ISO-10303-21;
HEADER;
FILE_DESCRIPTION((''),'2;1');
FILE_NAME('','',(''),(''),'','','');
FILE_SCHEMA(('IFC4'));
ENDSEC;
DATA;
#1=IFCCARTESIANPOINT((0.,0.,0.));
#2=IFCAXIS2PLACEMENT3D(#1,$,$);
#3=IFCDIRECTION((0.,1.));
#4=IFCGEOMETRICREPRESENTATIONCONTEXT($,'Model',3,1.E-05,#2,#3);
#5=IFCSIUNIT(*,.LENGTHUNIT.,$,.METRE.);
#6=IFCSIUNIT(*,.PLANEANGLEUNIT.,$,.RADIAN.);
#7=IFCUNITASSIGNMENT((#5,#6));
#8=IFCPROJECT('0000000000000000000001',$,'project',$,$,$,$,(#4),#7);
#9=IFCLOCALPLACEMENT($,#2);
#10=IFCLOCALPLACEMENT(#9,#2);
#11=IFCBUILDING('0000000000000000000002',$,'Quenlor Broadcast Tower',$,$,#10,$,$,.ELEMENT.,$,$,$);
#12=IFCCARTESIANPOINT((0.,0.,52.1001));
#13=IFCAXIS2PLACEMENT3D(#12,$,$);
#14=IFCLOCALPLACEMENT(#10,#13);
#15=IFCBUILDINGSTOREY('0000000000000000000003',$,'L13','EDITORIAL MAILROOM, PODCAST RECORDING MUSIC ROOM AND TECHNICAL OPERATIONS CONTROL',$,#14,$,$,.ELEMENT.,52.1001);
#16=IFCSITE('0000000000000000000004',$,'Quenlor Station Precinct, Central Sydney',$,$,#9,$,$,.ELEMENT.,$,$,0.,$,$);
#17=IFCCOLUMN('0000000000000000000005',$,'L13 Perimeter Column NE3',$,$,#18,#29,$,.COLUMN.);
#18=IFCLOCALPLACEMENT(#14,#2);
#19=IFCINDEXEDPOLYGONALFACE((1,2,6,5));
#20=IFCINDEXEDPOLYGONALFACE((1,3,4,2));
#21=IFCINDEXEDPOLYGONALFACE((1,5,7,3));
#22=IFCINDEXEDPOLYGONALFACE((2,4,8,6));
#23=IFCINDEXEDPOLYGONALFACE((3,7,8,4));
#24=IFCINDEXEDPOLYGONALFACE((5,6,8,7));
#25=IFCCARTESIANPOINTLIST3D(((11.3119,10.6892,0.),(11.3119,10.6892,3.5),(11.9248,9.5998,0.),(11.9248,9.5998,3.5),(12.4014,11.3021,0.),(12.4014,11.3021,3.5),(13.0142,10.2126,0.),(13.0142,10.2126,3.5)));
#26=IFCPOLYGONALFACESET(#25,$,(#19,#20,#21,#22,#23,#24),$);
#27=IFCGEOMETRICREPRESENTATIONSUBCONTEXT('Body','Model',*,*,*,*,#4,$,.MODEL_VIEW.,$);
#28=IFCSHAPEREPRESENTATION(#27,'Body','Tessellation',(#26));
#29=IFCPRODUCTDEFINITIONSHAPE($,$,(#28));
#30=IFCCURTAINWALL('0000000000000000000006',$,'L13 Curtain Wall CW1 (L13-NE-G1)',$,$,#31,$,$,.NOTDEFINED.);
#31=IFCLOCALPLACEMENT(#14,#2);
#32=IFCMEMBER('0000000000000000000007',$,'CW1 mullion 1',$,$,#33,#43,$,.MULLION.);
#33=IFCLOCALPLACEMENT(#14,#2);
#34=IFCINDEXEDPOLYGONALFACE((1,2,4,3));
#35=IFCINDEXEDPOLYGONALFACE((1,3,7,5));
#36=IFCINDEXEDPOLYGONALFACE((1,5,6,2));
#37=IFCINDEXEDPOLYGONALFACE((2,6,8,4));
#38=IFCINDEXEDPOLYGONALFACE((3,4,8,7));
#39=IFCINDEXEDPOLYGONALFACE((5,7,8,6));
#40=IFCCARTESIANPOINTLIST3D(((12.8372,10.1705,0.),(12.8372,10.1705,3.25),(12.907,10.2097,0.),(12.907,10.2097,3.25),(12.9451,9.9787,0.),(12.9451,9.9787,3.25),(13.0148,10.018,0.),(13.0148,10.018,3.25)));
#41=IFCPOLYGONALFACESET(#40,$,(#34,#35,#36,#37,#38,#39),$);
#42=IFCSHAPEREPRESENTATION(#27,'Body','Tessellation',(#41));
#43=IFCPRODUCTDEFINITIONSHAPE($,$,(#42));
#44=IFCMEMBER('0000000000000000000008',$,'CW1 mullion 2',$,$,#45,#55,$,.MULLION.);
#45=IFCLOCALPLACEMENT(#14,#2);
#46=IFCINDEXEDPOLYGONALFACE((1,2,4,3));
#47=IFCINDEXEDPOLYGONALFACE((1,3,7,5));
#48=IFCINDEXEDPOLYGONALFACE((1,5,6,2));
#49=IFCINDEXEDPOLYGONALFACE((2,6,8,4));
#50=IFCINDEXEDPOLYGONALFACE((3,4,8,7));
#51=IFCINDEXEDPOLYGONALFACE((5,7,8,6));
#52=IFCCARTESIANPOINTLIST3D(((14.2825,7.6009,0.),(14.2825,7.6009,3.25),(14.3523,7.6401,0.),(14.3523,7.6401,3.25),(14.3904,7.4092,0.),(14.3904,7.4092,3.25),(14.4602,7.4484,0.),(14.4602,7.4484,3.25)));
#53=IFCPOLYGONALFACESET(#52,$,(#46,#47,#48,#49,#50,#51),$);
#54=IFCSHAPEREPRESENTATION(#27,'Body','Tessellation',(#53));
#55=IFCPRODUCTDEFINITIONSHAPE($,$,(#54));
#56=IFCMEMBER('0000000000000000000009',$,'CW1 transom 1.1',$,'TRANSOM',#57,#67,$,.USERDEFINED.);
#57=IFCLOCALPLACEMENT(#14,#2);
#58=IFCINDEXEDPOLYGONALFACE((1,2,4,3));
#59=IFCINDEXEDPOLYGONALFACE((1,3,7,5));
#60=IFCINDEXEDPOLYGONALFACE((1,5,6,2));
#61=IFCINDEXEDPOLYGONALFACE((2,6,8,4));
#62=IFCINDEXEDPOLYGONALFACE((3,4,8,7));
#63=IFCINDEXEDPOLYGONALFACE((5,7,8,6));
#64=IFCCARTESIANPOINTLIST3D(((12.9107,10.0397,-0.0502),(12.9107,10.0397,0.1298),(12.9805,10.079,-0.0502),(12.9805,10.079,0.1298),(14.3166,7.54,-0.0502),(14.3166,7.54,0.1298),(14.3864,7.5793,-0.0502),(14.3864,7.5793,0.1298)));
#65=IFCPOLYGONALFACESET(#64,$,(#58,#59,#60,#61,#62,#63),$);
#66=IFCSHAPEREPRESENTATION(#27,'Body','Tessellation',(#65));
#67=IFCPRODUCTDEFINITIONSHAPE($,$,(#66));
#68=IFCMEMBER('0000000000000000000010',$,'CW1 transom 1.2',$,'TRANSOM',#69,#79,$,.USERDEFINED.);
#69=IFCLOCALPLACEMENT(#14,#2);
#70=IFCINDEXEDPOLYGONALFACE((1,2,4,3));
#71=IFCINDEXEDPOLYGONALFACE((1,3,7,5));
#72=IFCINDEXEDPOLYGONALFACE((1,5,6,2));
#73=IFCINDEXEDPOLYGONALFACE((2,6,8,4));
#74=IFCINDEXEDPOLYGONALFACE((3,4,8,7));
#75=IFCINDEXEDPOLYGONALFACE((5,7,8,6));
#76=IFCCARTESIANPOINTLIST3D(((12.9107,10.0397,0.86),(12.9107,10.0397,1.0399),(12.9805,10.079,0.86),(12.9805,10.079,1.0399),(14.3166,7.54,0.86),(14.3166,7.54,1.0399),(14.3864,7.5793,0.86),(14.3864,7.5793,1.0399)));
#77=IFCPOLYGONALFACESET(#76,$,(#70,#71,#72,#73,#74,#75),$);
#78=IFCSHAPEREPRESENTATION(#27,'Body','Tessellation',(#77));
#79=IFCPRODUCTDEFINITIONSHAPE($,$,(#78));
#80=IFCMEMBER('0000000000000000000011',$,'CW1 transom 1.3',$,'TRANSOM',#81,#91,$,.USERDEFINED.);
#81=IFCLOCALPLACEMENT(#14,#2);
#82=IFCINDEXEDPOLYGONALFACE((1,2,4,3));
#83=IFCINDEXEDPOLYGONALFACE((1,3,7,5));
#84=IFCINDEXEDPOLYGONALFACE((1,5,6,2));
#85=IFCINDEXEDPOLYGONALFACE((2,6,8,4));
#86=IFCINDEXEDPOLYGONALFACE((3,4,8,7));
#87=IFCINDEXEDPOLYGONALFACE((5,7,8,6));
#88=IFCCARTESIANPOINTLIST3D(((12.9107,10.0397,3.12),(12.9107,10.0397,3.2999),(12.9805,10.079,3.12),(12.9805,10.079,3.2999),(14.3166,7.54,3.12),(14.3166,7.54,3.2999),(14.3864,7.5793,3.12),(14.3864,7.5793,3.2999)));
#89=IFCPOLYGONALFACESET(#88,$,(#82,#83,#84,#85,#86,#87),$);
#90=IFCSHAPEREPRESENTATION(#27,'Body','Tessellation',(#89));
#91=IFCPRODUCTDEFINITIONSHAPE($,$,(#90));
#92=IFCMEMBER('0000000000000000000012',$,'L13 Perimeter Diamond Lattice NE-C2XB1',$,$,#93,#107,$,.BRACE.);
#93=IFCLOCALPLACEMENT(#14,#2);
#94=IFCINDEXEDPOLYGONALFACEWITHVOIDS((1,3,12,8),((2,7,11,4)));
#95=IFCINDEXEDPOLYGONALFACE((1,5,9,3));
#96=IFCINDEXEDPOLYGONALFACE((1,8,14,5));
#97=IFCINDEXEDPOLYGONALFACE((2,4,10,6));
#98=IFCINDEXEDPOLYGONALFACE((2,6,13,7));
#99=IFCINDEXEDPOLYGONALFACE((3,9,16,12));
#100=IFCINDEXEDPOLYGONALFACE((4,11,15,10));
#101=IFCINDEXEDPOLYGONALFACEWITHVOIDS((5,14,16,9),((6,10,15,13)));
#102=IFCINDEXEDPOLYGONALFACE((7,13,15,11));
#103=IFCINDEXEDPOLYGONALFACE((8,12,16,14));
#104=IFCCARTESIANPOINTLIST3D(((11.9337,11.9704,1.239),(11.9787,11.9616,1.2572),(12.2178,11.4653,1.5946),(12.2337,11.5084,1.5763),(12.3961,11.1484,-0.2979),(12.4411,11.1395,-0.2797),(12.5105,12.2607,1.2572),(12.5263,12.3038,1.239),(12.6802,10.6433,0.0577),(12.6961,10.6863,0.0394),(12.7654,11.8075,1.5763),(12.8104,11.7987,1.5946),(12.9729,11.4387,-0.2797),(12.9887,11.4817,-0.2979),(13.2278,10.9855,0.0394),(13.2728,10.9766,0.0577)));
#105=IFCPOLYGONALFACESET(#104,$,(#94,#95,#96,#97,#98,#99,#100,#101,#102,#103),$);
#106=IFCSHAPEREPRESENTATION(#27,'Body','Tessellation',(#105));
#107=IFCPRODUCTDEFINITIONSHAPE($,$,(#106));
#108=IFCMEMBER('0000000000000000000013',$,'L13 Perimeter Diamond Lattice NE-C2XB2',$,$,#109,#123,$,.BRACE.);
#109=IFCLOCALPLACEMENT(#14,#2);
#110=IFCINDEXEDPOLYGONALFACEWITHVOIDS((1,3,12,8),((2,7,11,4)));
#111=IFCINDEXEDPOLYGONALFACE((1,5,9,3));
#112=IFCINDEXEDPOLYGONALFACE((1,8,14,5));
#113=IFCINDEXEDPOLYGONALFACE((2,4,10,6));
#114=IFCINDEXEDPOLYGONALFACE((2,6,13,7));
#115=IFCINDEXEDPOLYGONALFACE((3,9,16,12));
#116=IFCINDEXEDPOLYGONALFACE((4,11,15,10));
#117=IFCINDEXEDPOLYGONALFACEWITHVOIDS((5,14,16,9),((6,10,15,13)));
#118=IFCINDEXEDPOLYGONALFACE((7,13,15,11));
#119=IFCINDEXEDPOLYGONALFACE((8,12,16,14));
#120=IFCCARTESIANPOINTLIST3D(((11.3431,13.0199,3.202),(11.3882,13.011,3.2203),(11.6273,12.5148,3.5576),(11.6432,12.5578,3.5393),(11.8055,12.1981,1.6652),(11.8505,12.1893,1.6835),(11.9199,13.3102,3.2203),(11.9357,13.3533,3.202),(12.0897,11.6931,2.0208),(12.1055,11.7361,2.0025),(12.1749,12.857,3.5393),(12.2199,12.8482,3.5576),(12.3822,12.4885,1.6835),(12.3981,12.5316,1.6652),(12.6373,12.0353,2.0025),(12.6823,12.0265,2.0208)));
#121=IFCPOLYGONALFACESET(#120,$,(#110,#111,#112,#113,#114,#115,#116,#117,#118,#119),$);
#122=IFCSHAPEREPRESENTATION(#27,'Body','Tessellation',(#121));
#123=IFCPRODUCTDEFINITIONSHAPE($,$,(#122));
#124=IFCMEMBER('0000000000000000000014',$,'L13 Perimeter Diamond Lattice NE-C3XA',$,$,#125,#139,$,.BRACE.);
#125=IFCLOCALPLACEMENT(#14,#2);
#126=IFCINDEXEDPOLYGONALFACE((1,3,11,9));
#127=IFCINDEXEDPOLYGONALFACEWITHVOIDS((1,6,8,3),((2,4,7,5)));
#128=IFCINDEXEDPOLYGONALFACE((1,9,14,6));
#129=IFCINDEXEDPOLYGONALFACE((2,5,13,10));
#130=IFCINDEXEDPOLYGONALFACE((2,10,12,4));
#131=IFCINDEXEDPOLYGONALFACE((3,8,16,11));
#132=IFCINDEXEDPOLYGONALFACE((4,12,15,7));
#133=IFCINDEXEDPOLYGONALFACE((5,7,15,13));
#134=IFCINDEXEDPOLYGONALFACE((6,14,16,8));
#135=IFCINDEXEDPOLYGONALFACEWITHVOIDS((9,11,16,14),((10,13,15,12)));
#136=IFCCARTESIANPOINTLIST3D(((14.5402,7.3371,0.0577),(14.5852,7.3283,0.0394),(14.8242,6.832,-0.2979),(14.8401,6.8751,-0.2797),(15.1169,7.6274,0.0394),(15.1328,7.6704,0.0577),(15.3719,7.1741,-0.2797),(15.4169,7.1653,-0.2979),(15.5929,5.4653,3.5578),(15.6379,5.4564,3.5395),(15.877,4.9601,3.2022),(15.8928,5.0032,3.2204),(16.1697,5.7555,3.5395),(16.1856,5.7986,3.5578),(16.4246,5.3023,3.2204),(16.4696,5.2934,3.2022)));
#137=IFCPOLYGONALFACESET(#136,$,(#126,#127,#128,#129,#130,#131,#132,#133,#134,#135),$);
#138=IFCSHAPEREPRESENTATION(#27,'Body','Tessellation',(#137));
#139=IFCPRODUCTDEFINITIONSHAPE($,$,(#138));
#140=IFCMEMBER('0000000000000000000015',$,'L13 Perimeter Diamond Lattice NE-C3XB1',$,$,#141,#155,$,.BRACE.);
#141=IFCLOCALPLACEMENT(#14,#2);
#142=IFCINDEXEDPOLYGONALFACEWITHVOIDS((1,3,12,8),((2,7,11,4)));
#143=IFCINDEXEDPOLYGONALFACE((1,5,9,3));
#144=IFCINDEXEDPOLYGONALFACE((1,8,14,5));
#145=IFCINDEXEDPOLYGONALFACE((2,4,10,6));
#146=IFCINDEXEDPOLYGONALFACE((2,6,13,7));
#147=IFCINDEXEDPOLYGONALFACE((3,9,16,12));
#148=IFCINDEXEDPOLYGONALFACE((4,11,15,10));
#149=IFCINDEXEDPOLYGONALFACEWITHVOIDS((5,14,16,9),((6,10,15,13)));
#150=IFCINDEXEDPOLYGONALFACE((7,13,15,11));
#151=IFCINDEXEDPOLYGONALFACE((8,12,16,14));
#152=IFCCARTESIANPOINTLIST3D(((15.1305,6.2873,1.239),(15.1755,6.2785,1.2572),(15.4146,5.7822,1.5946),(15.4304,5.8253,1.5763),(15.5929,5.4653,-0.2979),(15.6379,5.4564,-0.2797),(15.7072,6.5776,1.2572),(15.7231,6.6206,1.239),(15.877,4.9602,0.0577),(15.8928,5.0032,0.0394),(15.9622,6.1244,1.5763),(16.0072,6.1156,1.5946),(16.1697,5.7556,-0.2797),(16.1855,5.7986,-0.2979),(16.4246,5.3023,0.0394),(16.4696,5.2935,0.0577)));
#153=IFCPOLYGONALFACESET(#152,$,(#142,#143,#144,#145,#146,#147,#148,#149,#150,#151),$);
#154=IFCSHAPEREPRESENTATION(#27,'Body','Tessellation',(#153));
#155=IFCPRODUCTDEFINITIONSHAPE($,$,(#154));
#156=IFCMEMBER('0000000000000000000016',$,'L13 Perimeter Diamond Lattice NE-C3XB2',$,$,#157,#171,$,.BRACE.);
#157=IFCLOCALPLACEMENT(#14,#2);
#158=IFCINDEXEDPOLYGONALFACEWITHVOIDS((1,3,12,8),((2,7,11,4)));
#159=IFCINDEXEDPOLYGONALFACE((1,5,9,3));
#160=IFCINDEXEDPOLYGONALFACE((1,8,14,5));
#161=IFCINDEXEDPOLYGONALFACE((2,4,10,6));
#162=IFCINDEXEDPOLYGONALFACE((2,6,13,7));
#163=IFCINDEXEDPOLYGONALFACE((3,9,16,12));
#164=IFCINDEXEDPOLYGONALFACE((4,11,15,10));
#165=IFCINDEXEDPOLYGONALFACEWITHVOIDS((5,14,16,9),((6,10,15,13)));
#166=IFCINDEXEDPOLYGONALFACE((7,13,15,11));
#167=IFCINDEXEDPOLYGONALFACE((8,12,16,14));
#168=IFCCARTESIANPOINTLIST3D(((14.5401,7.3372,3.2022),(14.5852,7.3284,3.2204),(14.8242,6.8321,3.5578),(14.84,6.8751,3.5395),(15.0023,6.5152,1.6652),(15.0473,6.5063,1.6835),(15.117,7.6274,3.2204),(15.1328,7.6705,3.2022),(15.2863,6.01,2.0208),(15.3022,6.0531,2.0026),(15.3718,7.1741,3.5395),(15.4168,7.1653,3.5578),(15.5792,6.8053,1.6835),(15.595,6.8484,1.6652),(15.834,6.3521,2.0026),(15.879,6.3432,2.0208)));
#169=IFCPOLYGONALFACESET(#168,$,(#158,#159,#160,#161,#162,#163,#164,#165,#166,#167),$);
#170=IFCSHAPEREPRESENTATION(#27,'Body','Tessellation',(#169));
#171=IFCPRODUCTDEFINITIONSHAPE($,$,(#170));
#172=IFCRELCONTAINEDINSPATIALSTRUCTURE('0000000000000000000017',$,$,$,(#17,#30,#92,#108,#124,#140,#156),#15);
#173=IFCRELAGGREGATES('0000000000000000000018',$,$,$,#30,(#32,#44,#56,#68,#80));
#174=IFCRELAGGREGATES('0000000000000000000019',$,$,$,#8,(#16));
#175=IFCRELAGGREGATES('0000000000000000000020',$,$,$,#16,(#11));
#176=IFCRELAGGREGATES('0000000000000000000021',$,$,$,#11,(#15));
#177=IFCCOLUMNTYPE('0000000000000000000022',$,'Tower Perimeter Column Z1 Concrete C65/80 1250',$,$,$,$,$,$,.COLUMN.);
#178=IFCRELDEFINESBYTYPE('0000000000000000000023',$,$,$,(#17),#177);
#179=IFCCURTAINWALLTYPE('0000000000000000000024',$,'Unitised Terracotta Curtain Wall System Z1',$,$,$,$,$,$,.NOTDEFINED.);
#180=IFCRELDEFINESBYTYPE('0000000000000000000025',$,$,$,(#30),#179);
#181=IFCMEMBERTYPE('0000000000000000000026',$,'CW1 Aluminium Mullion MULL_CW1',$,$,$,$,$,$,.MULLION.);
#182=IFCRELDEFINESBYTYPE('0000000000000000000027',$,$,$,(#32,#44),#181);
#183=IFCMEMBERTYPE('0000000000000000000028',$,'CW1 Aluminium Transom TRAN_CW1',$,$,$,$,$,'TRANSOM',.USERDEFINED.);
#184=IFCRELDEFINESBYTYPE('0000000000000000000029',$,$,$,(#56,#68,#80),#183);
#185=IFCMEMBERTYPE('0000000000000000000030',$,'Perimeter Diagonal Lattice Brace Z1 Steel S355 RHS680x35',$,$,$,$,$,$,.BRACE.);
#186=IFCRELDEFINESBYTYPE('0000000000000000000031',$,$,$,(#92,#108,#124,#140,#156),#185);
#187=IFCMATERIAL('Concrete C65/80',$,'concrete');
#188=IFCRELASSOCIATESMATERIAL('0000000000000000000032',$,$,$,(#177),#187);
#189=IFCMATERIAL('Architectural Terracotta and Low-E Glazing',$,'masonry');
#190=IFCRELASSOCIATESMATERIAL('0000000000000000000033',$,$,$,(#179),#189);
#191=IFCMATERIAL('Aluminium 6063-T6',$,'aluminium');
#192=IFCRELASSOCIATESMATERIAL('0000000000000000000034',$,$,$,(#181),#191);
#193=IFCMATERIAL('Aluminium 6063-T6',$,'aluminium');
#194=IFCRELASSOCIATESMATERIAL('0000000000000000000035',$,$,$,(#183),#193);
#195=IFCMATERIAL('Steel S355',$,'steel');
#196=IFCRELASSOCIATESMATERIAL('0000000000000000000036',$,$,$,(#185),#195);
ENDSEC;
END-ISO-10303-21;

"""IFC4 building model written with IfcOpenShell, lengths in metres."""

from ifc_helpers import new_model, si_unit, direction, frame, origin, origin_2d, place, context, subcontext, project, spatial, rectangle, hollow_rectangle, extrude, material, material_profile, profile_set, type_object, element, aggregate, save


model = new_model("IFC4")

# Units and contexts
model_context = context("Model", 3, precision=1e-05, world=origin(), true_north=direction((0.0, 1.0)))
body_context = subcontext(model_context, "Body", "Model", "MODEL_VIEW")
ifc_project = project(units=[si_unit("LENGTHUNIT", "METRE"), si_unit("PLANEANGLEUNIT", "RADIAN")], contexts=[model_context])

# Site, building, storey
site_placement = place(None, origin())
site = spatial("IfcSite", under=ifc_project, at=site_placement, Name="Quenlor Station Precinct, Central Sydney", CompositionType="ELEMENT", RefElevation=0.0)
building_placement = place(site_placement, origin())
building = spatial("IfcBuilding", under=site, at=building_placement, Name="Quenlor Broadcast Tower", CompositionType="ELEMENT")
storey_placement = place(building_placement, frame((0.0, 0.0, 52.1001)))
storey = spatial("IfcBuildingStorey", under=building, at=storey_placement, Name="L13", Description="EDITORIAL MAILROOM, PODCAST RECORDING MUSIC ROOM AND TECHNICAL OPERATIONS CONTROL", CompositionType="ELEMENT", Elevation=52.1001)

# Column
ifc_material_1 = material(Name="Concrete C65/80", Category="concrete")
ifc_material_profile_1 = material_profile(ifc_material_1, rectangle(XDim=1.25, YDim=1.25, at=origin_2d()))
ifc_profile_set_1 = profile_set([ifc_material_profile_1], Name="Concrete C65/80 RC1250x1250")
column_type = type_object("IfcColumnType", Name="Tower Perimeter Column Z1 Concrete C65/80 1250", PredefinedType="COLUMN", material=ifc_profile_set_1)
column_placement = place(storey_placement, frame((12.1631, 10.4509, 0.0), z_axis=(0.0, 0.0, 1.0), x_axis=(0.871575, 0.490262, 0.0)))
element("IfcColumn", 1, at=column_placement, inside=storey, type_object=column_type, Name="L13 Perimeter Column NE3", PredefinedType="COLUMN", context=body_context, shape_type="SweptSolid", body=[
    extrude(rectangle(XDim=1.25, YDim=1.25, at=origin_2d()), origin(), (0.0, 0.0, 1.0), 3.5),
])

# Curtain wall, members
ifc_material_2 = material(Name="Architectural Terracotta and Low-E Glazing", Category="masonry")
curtain_wall_type = type_object("IfcCurtainWallType", Name="Unitised Terracotta Curtain Wall System Z1", PredefinedType="NOTDEFINED", material=ifc_material_2)
curtain_wall_placement = place(storey_placement, origin())
curtain_wall = element("IfcCurtainWall", 2, at=curtain_wall_placement, inside=storey, type_object=curtain_wall_type, Name="L13 Curtain Wall CW1 (L13-NE-G1)", PredefinedType="NOTDEFINED")
ifc_material_3 = material(Name="Aluminium 6063-T6", Category="aluminium")
ifc_material_profile_2 = material_profile(ifc_material_3, rectangle(XDim=0.0801, YDim=0.22, at=origin_2d()))
ifc_profile_set_2 = profile_set([ifc_material_profile_2], Name="Aluminium 6063-T6 MULL80x220")
member_type_1 = type_object("IfcMemberType", Name="CW1 Aluminium Mullion MULL_CW1", PredefinedType="MULLION", material=ifc_profile_set_2)
member_1_placement = place(storey_placement, frame((12.926, 10.0942, 0.0), z_axis=(0.0, 0.0, 1.0), x_axis=(0.871568, 0.490274, 0.0)))
member_1 = element("IfcMember", 3, at=member_1_placement, type_object=member_type_1, Name="CW1 mullion 1", PredefinedType="MULLION", context=body_context, shape_type="SweptSolid", body=[
    extrude(rectangle(XDim=0.0801, YDim=0.22, at=origin_2d()), origin(), (0.0, 0.0, 1.0), 3.25),
])
member_2_placement = place(storey_placement, frame((14.3713, 7.5247, 0.0), z_axis=(0.0, 0.0, 1.0), x_axis=(0.871568, 0.490274, 0.0)))
member_2 = element("IfcMember", 4, at=member_2_placement, type_object=member_type_1, Name="CW1 mullion 2", PredefinedType="MULLION", context=body_context, shape_type="SweptSolid", body=[
    extrude(rectangle(XDim=0.0801, YDim=0.22, at=origin_2d()), origin(), (0.0, 0.0, 1.0), 3.25),
])
ifc_material_4 = material(Name="Aluminium 6063-T6", Category="aluminium")
ifc_material_profile_3 = material_profile(ifc_material_4, rectangle(XDim=0.0801, YDim=0.1799, at=origin_2d()))
ifc_profile_set_3 = profile_set([ifc_material_profile_3], Name="Aluminium 6063-T6 TRAN80x180")
member_type_2 = type_object("IfcMemberType", Name="CW1 Aluminium Transom TRAN_CW1", ElementType="TRANSOM", PredefinedType="USERDEFINED", material=ifc_profile_set_3)
member_3_placement = place(storey_placement, frame((12.9456, 10.0593, 0.0398), z_axis=(0.490233, -0.871591, 0.0), x_axis=(0.871591, 0.490233, 0.0)))
member_3 = element("IfcMember", 5, at=member_3_placement, type_object=member_type_2, Name="CW1 transom 1.1", ObjectType="TRANSOM", PredefinedType="USERDEFINED", context=body_context, shape_type="SweptSolid", body=[
    extrude(rectangle(XDim=0.0801, YDim=0.1799, at=origin_2d()), origin(), (0.0, 0.0, 1.0), 2.8679),
])
member_4_placement = place(storey_placement, frame((12.9456, 10.0593, 0.95), z_axis=(0.490233, -0.871591, 0.0), x_axis=(0.871591, 0.490233, 0.0)))
member_4 = element("IfcMember", 6, at=member_4_placement, type_object=member_type_2, Name="CW1 transom 1.2", ObjectType="TRANSOM", PredefinedType="USERDEFINED", context=body_context, shape_type="SweptSolid", body=[
    extrude(rectangle(XDim=0.0801, YDim=0.1799, at=origin_2d()), origin(), (0.0, 0.0, 1.0), 2.8679),
])
member_5_placement = place(storey_placement, frame((12.9456, 10.0593, 3.21), z_axis=(0.490233, -0.871591, 0.0), x_axis=(0.871591, 0.490233, 0.0)))
member_5 = element("IfcMember", 7, at=member_5_placement, type_object=member_type_2, Name="CW1 transom 1.3", ObjectType="TRANSOM", PredefinedType="USERDEFINED", context=body_context, shape_type="SweptSolid", body=[
    extrude(rectangle(XDim=0.0801, YDim=0.1799, at=origin_2d()), origin(), (0.0, 0.0, 1.0), 2.8679),
])

# Members
ifc_material_5 = material(Name="Steel S355", Category="steel")
ifc_material_profile_4 = material_profile(ifc_material_5, hollow_rectangle(XDim=0.6799, YDim=0.6799, WallThickness=0.0349, at=origin_2d()))
ifc_profile_set_4 = profile_set([ifc_material_profile_4], Name="Steel S355 RHS680x680x35")
member_type_3 = type_object("IfcMemberType", Name="Perimeter Diagonal Lattice Brace Z1 Steel S355 RHS680x35", PredefinedType="BRACE", material=ifc_profile_set_4)
member_6_placement = place(storey_placement, frame((12.8345, 11.0625, -0.1201), z_axis=(-0.256436, 0.455871, 0.852304), x_axis=(-0.871569, -0.490274, 0.0)))
element("IfcMember", 8, at=member_6_placement, inside=storey, type_object=member_type_3, Name="L13 Perimeter Diamond Lattice NE-C2XB1", PredefinedType="BRACE", context=body_context, shape_type="SweptSolid", body=[
    extrude(hollow_rectangle(XDim=0.6799, YDim=0.6799, WallThickness=0.0349, at=origin_2d()), origin(), (0.0, 0.0, 1.0), 1.8032),
])
member_7_placement = place(storey_placement, frame((12.2439, 12.1123, 1.843), z_axis=(-0.256452, 0.455764, 0.852357), x_axis=(-0.871506, -0.490384, 0.0)))
element("IfcMember", 9, at=member_7_placement, inside=storey, type_object=member_type_3, Name="L13 Perimeter Diamond Lattice NE-C2XB2", PredefinedType="BRACE", context=body_context, shape_type="SweptSolid", body=[
    extrude(hollow_rectangle(XDim=0.6799, YDim=0.6799, WallThickness=0.0349, at=origin_2d()), origin(), (0.0, 0.0, 1.0), 1.803),
])
member_8_placement = place(storey_placement, frame((14.9785, 7.2512, -0.1201), z_axis=(0.256368, -0.455839, 0.852342), x_axis=(0.871609, 0.490202, 0.0)))
element("IfcMember", 10, at=member_8_placement, inside=storey, type_object=member_type_3, Name="L13 Perimeter Diamond Lattice NE-C3XA", PredefinedType="BRACE", context=body_context, shape_type="SweptSolid", body=[
    extrude(hollow_rectangle(XDim=0.6799, YDim=0.6799, WallThickness=0.0349, at=origin_2d()), origin(), (0.0, 0.0, 1.0), 4.1064),
])
for number, where, z_axis, x_axis, name in (
    (11, (16.0312, 5.3794, -0.1201), (-0.256436, 0.455871, 0.852304), (-0.871569, -0.490274, 0.0), "L13 Perimeter Diamond Lattice NE-C3XB1"),
    (12, (15.4407, 6.4292, 1.843), (-0.256309, 0.455887, 0.852334), (-0.871679, -0.490077, 0.0), "L13 Perimeter Diamond Lattice NE-C3XB2"),
):
    element("IfcMember", number, at=place(storey_placement, frame(where, z_axis=z_axis, x_axis=x_axis)), inside=storey, type_object=member_type_3, Name=name, PredefinedType="BRACE", context=body_context, shape_type="SweptSolid", body=[
        extrude(hollow_rectangle(XDim=0.6799, YDim=0.6799, WallThickness=0.0349, at=origin_2d()), origin(), (0.0, 0.0, 1.0), 1.8032),
    ])

aggregate(curtain_wall, [member_1, member_2, member_3, member_4, member_5])

save(model, "model.ifc")
